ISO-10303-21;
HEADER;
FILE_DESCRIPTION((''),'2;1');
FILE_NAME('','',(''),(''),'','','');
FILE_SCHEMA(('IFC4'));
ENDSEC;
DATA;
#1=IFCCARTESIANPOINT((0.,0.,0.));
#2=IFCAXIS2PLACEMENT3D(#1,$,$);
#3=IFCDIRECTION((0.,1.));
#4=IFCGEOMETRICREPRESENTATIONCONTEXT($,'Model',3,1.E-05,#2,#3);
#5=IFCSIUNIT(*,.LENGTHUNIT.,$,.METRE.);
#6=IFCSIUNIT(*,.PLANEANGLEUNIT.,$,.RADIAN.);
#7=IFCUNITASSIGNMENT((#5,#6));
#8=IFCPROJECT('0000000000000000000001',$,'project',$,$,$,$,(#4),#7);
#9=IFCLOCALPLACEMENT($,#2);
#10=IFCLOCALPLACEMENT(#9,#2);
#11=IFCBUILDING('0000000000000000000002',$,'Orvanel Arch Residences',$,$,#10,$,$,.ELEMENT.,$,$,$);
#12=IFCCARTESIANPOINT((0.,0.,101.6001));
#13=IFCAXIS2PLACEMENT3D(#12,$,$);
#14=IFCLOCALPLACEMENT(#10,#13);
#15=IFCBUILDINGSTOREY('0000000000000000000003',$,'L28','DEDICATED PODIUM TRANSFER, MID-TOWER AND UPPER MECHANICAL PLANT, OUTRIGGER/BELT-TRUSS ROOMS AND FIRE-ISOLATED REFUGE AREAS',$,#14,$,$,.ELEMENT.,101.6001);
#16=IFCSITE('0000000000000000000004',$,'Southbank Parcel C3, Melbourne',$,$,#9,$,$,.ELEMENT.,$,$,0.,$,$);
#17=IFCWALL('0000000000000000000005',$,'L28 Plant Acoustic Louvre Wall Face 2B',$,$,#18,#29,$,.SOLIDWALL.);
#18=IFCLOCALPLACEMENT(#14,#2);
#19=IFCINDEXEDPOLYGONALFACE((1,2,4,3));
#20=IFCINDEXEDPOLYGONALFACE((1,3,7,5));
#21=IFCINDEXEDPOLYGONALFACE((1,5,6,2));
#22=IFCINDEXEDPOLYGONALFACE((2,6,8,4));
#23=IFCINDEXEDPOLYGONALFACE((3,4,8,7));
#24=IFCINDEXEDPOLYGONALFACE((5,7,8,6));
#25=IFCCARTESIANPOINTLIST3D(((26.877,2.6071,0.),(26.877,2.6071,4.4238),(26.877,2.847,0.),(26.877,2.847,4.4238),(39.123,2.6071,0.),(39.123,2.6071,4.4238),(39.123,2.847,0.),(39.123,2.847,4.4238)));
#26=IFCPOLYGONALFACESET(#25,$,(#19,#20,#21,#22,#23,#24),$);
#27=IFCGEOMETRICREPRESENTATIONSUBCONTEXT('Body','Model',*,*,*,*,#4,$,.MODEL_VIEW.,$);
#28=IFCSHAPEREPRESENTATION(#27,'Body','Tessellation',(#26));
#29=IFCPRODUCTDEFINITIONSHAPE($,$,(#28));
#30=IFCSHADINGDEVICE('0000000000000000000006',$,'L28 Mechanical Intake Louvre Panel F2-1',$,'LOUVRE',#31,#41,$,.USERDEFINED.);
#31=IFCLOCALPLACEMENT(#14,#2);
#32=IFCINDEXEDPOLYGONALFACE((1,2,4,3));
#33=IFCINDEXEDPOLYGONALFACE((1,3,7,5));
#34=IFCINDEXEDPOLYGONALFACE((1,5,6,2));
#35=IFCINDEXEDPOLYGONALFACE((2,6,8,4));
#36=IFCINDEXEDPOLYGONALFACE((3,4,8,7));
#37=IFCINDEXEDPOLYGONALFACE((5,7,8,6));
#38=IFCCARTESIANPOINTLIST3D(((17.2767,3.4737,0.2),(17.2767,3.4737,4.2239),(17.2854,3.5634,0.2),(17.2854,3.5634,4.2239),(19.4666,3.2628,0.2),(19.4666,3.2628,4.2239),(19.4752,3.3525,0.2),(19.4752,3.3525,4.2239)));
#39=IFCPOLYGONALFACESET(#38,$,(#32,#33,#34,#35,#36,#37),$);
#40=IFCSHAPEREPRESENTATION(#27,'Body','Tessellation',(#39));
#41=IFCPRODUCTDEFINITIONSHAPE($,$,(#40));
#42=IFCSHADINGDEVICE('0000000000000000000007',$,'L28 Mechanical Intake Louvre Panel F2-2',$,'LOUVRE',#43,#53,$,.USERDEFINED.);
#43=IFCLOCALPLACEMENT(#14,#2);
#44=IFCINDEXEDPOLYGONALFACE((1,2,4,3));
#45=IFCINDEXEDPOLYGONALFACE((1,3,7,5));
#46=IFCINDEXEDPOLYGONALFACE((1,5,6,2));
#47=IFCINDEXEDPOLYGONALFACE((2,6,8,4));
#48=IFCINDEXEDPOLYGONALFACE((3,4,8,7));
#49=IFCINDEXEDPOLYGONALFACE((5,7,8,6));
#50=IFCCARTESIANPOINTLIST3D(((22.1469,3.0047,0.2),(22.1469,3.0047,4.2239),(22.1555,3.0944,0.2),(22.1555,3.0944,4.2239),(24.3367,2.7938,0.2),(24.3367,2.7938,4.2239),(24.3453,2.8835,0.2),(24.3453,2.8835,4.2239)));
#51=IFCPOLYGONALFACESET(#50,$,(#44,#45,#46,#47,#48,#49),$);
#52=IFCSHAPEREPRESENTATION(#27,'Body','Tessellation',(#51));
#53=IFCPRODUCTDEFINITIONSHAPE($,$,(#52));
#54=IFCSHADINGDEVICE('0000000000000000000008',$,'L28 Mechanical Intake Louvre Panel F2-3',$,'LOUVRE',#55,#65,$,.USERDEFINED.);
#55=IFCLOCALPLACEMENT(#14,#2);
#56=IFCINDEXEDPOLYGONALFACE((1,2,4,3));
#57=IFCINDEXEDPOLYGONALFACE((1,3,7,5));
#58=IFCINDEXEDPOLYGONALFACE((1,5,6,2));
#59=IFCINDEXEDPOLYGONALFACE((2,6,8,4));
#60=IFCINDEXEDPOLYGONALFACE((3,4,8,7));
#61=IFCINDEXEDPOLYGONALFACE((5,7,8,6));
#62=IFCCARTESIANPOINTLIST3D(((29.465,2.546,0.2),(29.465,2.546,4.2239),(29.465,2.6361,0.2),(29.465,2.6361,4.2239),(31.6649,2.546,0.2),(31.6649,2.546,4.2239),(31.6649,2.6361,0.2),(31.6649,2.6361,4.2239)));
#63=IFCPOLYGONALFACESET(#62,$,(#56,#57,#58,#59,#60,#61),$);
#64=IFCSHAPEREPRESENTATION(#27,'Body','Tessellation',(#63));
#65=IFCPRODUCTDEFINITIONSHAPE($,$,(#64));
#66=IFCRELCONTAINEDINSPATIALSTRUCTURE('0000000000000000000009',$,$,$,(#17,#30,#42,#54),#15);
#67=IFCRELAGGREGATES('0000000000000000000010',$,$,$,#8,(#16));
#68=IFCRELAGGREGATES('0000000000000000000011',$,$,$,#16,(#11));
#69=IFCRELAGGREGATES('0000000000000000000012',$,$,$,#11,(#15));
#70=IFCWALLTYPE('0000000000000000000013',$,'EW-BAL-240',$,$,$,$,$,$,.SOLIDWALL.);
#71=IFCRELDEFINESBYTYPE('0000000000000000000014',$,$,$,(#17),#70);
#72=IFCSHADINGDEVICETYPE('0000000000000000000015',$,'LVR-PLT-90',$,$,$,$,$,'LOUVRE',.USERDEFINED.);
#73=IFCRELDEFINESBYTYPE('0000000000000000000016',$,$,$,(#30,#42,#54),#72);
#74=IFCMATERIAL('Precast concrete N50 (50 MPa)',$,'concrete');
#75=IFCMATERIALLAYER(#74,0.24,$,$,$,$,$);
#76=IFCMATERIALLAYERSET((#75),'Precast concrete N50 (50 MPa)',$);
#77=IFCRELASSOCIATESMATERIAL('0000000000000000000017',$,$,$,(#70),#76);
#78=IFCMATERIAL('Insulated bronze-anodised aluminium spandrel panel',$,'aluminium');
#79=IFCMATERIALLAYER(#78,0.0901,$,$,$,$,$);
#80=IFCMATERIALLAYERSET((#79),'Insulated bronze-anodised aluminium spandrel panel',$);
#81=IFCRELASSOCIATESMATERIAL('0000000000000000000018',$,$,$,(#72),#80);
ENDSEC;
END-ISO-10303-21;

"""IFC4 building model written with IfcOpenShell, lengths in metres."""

from ifc_helpers import new_model, si_unit, direction, frame, frame_2d, origin, origin_2d, place, context, subcontext, project, spatial, rectangle, extrude, material, layer, layer_set, type_object, element, save


model = new_model("IFC4")

# Units and contexts
model_context = context("Model", 3, precision=1e-05, world=origin(), true_north=direction((0.0, 1.0)))
body_context = subcontext(model_context, "Body", "Model", "MODEL_VIEW")
ifc_project = project(units=[si_unit("LENGTHUNIT", "METRE"), si_unit("PLANEANGLEUNIT", "RADIAN")], contexts=[model_context])

# Site, building, storey
site_placement = place(None, origin())
site = spatial("IfcSite", under=ifc_project, at=site_placement, Name="Southbank Parcel C3, Melbourne", CompositionType="ELEMENT", RefElevation=0.0)
building_placement = place(site_placement, origin())
building = spatial("IfcBuilding", under=site, at=building_placement, Name="Orvanel Arch Residences", CompositionType="ELEMENT")
storey_placement = place(building_placement, frame((0.0, 0.0, 101.6001)))
storey = spatial("IfcBuildingStorey", under=building, at=storey_placement, Name="L28", Description="DEDICATED PODIUM TRANSFER, MID-TOWER AND UPPER MECHANICAL PLANT, OUTRIGGER/BELT-TRUSS ROOMS AND FIRE-ISOLATED REFUGE AREAS", CompositionType="ELEMENT", Elevation=101.6001)

# Wall
ifc_material_1 = material(Name="Precast concrete N50 (50 MPa)", Category="concrete")
ifc_layer_1 = layer(ifc_material_1, 0.24)
ifc_layer_set_1 = layer_set([ifc_layer_1], Name="Precast concrete N50 (50 MPa)")
wall_type = type_object("IfcWallType", Name="EW-BAL-240", PredefinedType="SOLIDWALL", material=ifc_layer_set_1)
wall_placement = place(storey_placement, frame((26.877, 2.7271, 0.0), z_axis=(0.0, 0.0, 1.0), x_axis=(1.0, 0.0, 0.0)))
element("IfcWall", 1, at=wall_placement, inside=storey, type_object=wall_type, Name="L28 Plant Acoustic Louvre Wall Face 2B", PredefinedType="SOLIDWALL", context=body_context, shape_type="SweptSolid", body=[
    extrude(rectangle(XDim=12.2461, YDim=0.24, at=frame_2d((6.123, 0.0))), origin(), (0.0, 0.0, 1.0), 4.4238),
])

# Shading devices
ifc_material_2 = material(Name="Insulated bronze-anodised aluminium spandrel panel", Category="aluminium")
ifc_layer_2 = layer(ifc_material_2, 0.0901)
ifc_layer_set_2 = layer_set([ifc_layer_2], Name="Insulated bronze-anodised aluminium spandrel panel")
shading_device_type = type_object("IfcShadingDeviceType", Name="LVR-PLT-90", ElementType="LOUVRE", PredefinedType="USERDEFINED", material=ifc_layer_set_2)
for number, where, z_axis, x_axis, name in (
    (2, (18.376, 3.4131, 0.2), (0.0, 0.0, 1.0), (0.995396, -0.095846, 0.0), "L28 Mechanical Intake Louvre Panel F2-1"),
    (3, (23.2461, 2.9441, 0.2), (0.0, 0.0, 1.0), (0.995396, -0.095846, 0.0), "L28 Mechanical Intake Louvre Panel F2-2"),
    (4, (30.5649, 2.5911, 0.2), (0.0, 0.0, 1.0), (1.0, 0.0, 0.0), "L28 Mechanical Intake Louvre Panel F2-3"),
):
    element("IfcShadingDevice", number, at=place(storey_placement, frame(where, z_axis=z_axis, x_axis=x_axis)), inside=storey, type_object=shading_device_type, Name=name, ObjectType="LOUVRE", PredefinedType="USERDEFINED", context=body_context, shape_type="SweptSolid", body=[
        extrude(rectangle(XDim=2.2, YDim=0.0901, at=origin_2d()), origin(), (0.0, 0.0, 1.0), 4.0239),
    ])

save(model, "model.ifc")
